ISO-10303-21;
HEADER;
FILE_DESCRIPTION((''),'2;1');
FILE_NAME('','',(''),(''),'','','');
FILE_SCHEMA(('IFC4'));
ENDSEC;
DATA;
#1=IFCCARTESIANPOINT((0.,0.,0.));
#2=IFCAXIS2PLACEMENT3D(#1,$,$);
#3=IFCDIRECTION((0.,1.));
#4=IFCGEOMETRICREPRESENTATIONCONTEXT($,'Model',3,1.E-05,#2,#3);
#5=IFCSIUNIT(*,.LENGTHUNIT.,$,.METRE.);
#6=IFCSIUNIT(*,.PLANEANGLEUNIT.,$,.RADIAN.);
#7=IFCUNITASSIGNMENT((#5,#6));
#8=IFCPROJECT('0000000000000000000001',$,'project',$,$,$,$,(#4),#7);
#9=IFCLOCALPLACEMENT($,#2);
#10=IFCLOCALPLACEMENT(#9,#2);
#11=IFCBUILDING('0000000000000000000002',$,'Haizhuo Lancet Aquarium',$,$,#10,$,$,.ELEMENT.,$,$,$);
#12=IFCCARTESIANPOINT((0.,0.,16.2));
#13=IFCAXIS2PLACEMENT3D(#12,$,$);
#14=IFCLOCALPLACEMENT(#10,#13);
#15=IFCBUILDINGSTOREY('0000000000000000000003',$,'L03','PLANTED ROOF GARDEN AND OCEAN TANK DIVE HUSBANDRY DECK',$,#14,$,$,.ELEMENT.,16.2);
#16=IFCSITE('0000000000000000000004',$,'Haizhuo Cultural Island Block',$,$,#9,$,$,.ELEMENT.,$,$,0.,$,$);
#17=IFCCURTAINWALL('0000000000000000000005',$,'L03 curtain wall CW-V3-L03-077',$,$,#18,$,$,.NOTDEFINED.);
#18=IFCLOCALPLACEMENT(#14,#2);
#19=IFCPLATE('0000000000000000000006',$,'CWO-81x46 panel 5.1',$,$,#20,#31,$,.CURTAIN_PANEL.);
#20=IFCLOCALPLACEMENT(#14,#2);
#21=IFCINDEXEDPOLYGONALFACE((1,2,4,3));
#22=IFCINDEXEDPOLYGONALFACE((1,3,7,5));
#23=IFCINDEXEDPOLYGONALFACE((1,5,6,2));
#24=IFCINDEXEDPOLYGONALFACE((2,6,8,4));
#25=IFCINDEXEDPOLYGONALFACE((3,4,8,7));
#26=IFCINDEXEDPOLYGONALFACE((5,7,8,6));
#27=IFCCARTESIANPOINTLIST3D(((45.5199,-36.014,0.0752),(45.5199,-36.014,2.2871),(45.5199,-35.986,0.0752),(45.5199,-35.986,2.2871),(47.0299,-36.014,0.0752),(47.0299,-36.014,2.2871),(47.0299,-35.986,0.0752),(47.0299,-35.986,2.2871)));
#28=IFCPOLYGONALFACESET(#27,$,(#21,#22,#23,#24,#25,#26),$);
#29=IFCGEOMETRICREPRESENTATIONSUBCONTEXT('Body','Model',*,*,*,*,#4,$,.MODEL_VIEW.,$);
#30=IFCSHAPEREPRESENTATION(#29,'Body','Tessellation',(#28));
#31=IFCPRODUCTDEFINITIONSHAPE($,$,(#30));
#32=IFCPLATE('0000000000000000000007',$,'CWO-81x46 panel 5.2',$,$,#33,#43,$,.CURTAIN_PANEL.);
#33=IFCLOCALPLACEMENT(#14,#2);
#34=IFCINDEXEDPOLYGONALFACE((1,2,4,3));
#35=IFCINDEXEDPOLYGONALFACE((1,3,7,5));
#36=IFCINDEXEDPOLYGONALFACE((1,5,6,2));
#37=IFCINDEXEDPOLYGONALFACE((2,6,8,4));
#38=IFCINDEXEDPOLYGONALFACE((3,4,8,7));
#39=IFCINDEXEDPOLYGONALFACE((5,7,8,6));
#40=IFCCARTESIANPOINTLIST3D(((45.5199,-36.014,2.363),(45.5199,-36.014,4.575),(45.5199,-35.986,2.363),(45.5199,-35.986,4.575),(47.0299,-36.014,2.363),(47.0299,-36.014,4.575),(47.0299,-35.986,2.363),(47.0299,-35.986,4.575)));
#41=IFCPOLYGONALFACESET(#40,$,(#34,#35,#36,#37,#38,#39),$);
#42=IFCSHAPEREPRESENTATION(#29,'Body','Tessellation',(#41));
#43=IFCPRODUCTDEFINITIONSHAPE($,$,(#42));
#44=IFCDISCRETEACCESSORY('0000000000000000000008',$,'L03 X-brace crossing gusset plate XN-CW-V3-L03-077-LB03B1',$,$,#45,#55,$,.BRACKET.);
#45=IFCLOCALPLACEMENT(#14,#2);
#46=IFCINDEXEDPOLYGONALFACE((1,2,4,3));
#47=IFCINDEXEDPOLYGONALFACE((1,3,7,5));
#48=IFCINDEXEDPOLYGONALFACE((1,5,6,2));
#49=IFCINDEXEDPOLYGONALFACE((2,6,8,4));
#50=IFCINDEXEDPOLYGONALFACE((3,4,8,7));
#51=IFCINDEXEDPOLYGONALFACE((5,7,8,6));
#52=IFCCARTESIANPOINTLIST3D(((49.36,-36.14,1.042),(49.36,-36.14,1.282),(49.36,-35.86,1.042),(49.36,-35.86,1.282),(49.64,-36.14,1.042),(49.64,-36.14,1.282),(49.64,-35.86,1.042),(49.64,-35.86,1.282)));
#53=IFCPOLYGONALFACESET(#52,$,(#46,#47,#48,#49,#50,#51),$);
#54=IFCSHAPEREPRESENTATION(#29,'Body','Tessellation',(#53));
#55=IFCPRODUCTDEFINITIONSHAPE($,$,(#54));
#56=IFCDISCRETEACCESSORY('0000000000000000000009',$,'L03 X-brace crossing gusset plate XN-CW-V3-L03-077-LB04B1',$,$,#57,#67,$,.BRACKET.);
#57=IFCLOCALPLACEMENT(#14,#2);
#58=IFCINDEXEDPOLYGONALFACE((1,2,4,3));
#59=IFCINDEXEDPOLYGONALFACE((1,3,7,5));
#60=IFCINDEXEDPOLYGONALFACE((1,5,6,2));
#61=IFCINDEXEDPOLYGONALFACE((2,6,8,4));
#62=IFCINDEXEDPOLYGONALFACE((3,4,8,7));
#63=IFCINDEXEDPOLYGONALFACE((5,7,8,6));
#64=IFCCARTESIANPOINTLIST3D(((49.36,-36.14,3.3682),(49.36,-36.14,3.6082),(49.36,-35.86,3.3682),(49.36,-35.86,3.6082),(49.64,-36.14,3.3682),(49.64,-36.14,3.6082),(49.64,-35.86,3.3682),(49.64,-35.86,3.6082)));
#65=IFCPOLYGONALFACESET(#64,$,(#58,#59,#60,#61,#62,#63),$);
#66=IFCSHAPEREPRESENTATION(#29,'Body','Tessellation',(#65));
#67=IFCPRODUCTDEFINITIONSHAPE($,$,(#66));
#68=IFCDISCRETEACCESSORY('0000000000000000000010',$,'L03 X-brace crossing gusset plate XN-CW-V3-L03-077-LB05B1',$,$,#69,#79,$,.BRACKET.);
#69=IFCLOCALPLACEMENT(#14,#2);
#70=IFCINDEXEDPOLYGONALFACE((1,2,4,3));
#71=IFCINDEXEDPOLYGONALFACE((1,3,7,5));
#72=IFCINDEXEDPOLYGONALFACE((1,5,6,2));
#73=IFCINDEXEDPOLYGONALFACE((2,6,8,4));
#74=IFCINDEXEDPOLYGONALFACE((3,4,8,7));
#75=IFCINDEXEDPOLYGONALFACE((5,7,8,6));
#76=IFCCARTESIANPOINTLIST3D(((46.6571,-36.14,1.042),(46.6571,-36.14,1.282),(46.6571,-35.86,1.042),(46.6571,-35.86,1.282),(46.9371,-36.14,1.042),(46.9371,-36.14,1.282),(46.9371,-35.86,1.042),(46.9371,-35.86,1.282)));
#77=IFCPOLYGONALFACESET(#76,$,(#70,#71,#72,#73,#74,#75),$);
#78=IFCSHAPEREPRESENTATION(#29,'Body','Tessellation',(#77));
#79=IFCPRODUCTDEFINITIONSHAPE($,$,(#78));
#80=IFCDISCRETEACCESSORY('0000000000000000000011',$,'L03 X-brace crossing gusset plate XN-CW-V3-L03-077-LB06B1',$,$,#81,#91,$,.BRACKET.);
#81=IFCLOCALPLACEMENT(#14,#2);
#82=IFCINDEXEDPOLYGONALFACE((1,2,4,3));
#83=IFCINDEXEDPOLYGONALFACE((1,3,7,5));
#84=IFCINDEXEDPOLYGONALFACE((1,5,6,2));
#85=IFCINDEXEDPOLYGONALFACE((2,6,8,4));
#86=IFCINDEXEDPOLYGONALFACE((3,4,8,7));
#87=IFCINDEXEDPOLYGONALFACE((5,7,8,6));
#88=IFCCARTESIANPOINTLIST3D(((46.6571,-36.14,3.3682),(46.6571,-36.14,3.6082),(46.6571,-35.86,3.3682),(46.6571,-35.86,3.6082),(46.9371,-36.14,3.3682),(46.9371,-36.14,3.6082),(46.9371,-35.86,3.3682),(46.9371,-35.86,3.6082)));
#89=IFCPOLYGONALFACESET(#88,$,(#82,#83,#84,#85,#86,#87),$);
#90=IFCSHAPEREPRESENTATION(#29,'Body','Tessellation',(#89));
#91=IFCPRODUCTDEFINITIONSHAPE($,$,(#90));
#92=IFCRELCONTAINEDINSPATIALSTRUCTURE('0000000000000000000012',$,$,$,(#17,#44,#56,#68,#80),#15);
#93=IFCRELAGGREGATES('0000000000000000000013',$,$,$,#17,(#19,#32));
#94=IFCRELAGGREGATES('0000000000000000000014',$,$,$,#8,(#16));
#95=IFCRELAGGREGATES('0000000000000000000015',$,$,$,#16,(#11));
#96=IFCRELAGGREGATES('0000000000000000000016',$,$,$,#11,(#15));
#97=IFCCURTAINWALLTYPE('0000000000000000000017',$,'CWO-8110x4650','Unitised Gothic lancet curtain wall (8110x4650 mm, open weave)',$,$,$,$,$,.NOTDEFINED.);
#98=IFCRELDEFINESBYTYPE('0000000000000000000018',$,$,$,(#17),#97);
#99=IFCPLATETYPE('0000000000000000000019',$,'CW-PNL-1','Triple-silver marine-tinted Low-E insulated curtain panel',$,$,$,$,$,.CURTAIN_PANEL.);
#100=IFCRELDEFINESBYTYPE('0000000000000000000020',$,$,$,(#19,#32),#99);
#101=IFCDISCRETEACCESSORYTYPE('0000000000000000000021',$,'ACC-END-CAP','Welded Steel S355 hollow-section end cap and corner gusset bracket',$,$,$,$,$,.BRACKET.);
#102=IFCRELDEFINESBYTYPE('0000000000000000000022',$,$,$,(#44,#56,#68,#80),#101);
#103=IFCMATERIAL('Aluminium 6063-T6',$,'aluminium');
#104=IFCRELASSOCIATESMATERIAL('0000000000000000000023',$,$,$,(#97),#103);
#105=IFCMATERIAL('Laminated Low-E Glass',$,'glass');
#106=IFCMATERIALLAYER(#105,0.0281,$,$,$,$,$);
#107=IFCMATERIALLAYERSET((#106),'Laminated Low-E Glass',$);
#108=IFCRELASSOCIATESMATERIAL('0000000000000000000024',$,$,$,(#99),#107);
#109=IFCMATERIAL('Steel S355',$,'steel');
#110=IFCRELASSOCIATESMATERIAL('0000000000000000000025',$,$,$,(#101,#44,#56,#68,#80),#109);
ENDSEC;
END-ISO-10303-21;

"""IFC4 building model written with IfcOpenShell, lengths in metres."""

from ifc_helpers import new_model, si_unit, direction, frame, origin, origin_2d, place, context, subcontext, project, spatial, rectangle, extrude, material, layer, layer_set, type_object, element, aggregate, save


model = new_model("IFC4")

# Units and contexts
model_context = context("Model", 3, precision=1e-05, world=origin(), true_north=direction((0.0, 1.0)))
body_context = subcontext(model_context, "Body", "Model", "MODEL_VIEW")
ifc_project = project(units=[si_unit("LENGTHUNIT", "METRE"), si_unit("PLANEANGLEUNIT", "RADIAN")], contexts=[model_context])

# Site, building, storey
site_placement = place(None, origin())
site = spatial("IfcSite", under=ifc_project, at=site_placement, Name="Haizhuo Cultural Island Block", CompositionType="ELEMENT", RefElevation=0.0)
building_placement = place(site_placement, origin())
building = spatial("IfcBuilding", under=site, at=building_placement, Name="Haizhuo Lancet Aquarium", CompositionType="ELEMENT")
storey_placement = place(building_placement, frame((0.0, 0.0, 16.2)))
storey = spatial("IfcBuildingStorey", under=building, at=storey_placement, Name="L03", Description="PLANTED ROOF GARDEN AND OCEAN TANK DIVE HUSBANDRY DECK", CompositionType="ELEMENT", Elevation=16.2)

# Curtain wall
ifc_material_1 = material(Name="Aluminium 6063-T6", Category="aluminium")
curtain_wall_type = type_object("IfcCurtainWallType", Name="CWO-8110x4650", Description="Unitised Gothic lancet curtain wall (8110x4650 mm, open weave)", PredefinedType="NOTDEFINED", material=ifc_material_1)
curtain_wall_placement = place(storey_placement, origin())
curtain_wall = element("IfcCurtainWall", 1, at=curtain_wall_placement, inside=storey, type_object=curtain_wall_type, Name="L03 curtain wall CW-V3-L03-077", PredefinedType="NOTDEFINED")

# Shared definitions
ifc_material_2 = material(Name="Steel S355", Category="steel")

# Plates
ifc_material_3 = material(Name="Laminated Low-E Glass", Category="glass")
ifc_layer = layer(ifc_material_3, 0.0281)
ifc_layer_set = layer_set([ifc_layer], Name="Laminated Low-E Glass")
plate_type = type_object("IfcPlateType", Name="CW-PNL-1", Description="Triple-silver marine-tinted Low-E insulated curtain panel", PredefinedType="CURTAIN_PANEL", material=ifc_layer_set)
plate_1_placement = place(storey_placement, frame((46.2749, -36.0, 0.0752), z_axis=(0.0, 0.0, 1.0), x_axis=(-1.0, 0.0, 0.0)))
plate_1 = element("IfcPlate", 2, at=plate_1_placement, type_object=plate_type, Name="CWO-81x46 panel 5.1", PredefinedType="CURTAIN_PANEL", context=body_context, shape_type="SweptSolid", body=[
    extrude(rectangle(XDim=1.51, YDim=0.0281, at=origin_2d()), origin(), (0.0, 0.0, 1.0), 2.2119),
])
plate_2_placement = place(storey_placement, frame((46.2749, -36.0, 2.363), z_axis=(0.0, 0.0, 1.0), x_axis=(-1.0, 0.0, 0.0)))
plate_2 = element("IfcPlate", 3, at=plate_2_placement, type_object=plate_type, Name="CWO-81x46 panel 5.2", PredefinedType="CURTAIN_PANEL", context=body_context, shape_type="SweptSolid", body=[
    extrude(rectangle(XDim=1.51, YDim=0.0281, at=origin_2d()), origin(), (0.0, 0.0, 1.0), 2.2119),
])
aggregate(curtain_wall, [plate_1, plate_2])

# Discrete accessories
discrete_accessory_type = type_object("IfcDiscreteAccessoryType", Name="ACC-END-CAP", Description="Welded Steel S355 hollow-section end cap and corner gusset bracket", PredefinedType="BRACKET", material=ifc_material_2)
for number, where, z_axis, x_axis, name in (
    (4, (49.5, -36.0, 1.042), (0.0, 0.0, 1.0), (1.0, 0.0, 0.0), "L03 X-brace crossing gusset plate XN-CW-V3-L03-077-LB03B1"),
    (5, (49.5, -36.0, 3.3682), (0.0, 0.0, 1.0), (1.0, 0.0, 0.0), "L03 X-brace crossing gusset plate XN-CW-V3-L03-077-LB04B1"),
    (6, (46.7971, -36.0, 1.042), (0.0, 0.0, 1.0), (1.0, 0.0, 0.0), "L03 X-brace crossing gusset plate XN-CW-V3-L03-077-LB05B1"),
    (7, (46.7971, -36.0, 3.3682), (0.0, 0.0, 1.0), (1.0, 0.0, 0.0), "L03 X-brace crossing gusset plate XN-CW-V3-L03-077-LB06B1"),
):
    element("IfcDiscreteAccessory", number, at=place(storey_placement, frame(where, z_axis=z_axis, x_axis=x_axis)), inside=storey, type_object=discrete_accessory_type, material=ifc_material_2, Name=name, PredefinedType="BRACKET", context=body_context, shape_type="SweptSolid", body=[
        extrude(rectangle(XDim=0.28, YDim=0.28, at=origin_2d()), origin(), (0.0, 0.0, 1.0), 0.24),
    ])

save(model, "model.ifc")
